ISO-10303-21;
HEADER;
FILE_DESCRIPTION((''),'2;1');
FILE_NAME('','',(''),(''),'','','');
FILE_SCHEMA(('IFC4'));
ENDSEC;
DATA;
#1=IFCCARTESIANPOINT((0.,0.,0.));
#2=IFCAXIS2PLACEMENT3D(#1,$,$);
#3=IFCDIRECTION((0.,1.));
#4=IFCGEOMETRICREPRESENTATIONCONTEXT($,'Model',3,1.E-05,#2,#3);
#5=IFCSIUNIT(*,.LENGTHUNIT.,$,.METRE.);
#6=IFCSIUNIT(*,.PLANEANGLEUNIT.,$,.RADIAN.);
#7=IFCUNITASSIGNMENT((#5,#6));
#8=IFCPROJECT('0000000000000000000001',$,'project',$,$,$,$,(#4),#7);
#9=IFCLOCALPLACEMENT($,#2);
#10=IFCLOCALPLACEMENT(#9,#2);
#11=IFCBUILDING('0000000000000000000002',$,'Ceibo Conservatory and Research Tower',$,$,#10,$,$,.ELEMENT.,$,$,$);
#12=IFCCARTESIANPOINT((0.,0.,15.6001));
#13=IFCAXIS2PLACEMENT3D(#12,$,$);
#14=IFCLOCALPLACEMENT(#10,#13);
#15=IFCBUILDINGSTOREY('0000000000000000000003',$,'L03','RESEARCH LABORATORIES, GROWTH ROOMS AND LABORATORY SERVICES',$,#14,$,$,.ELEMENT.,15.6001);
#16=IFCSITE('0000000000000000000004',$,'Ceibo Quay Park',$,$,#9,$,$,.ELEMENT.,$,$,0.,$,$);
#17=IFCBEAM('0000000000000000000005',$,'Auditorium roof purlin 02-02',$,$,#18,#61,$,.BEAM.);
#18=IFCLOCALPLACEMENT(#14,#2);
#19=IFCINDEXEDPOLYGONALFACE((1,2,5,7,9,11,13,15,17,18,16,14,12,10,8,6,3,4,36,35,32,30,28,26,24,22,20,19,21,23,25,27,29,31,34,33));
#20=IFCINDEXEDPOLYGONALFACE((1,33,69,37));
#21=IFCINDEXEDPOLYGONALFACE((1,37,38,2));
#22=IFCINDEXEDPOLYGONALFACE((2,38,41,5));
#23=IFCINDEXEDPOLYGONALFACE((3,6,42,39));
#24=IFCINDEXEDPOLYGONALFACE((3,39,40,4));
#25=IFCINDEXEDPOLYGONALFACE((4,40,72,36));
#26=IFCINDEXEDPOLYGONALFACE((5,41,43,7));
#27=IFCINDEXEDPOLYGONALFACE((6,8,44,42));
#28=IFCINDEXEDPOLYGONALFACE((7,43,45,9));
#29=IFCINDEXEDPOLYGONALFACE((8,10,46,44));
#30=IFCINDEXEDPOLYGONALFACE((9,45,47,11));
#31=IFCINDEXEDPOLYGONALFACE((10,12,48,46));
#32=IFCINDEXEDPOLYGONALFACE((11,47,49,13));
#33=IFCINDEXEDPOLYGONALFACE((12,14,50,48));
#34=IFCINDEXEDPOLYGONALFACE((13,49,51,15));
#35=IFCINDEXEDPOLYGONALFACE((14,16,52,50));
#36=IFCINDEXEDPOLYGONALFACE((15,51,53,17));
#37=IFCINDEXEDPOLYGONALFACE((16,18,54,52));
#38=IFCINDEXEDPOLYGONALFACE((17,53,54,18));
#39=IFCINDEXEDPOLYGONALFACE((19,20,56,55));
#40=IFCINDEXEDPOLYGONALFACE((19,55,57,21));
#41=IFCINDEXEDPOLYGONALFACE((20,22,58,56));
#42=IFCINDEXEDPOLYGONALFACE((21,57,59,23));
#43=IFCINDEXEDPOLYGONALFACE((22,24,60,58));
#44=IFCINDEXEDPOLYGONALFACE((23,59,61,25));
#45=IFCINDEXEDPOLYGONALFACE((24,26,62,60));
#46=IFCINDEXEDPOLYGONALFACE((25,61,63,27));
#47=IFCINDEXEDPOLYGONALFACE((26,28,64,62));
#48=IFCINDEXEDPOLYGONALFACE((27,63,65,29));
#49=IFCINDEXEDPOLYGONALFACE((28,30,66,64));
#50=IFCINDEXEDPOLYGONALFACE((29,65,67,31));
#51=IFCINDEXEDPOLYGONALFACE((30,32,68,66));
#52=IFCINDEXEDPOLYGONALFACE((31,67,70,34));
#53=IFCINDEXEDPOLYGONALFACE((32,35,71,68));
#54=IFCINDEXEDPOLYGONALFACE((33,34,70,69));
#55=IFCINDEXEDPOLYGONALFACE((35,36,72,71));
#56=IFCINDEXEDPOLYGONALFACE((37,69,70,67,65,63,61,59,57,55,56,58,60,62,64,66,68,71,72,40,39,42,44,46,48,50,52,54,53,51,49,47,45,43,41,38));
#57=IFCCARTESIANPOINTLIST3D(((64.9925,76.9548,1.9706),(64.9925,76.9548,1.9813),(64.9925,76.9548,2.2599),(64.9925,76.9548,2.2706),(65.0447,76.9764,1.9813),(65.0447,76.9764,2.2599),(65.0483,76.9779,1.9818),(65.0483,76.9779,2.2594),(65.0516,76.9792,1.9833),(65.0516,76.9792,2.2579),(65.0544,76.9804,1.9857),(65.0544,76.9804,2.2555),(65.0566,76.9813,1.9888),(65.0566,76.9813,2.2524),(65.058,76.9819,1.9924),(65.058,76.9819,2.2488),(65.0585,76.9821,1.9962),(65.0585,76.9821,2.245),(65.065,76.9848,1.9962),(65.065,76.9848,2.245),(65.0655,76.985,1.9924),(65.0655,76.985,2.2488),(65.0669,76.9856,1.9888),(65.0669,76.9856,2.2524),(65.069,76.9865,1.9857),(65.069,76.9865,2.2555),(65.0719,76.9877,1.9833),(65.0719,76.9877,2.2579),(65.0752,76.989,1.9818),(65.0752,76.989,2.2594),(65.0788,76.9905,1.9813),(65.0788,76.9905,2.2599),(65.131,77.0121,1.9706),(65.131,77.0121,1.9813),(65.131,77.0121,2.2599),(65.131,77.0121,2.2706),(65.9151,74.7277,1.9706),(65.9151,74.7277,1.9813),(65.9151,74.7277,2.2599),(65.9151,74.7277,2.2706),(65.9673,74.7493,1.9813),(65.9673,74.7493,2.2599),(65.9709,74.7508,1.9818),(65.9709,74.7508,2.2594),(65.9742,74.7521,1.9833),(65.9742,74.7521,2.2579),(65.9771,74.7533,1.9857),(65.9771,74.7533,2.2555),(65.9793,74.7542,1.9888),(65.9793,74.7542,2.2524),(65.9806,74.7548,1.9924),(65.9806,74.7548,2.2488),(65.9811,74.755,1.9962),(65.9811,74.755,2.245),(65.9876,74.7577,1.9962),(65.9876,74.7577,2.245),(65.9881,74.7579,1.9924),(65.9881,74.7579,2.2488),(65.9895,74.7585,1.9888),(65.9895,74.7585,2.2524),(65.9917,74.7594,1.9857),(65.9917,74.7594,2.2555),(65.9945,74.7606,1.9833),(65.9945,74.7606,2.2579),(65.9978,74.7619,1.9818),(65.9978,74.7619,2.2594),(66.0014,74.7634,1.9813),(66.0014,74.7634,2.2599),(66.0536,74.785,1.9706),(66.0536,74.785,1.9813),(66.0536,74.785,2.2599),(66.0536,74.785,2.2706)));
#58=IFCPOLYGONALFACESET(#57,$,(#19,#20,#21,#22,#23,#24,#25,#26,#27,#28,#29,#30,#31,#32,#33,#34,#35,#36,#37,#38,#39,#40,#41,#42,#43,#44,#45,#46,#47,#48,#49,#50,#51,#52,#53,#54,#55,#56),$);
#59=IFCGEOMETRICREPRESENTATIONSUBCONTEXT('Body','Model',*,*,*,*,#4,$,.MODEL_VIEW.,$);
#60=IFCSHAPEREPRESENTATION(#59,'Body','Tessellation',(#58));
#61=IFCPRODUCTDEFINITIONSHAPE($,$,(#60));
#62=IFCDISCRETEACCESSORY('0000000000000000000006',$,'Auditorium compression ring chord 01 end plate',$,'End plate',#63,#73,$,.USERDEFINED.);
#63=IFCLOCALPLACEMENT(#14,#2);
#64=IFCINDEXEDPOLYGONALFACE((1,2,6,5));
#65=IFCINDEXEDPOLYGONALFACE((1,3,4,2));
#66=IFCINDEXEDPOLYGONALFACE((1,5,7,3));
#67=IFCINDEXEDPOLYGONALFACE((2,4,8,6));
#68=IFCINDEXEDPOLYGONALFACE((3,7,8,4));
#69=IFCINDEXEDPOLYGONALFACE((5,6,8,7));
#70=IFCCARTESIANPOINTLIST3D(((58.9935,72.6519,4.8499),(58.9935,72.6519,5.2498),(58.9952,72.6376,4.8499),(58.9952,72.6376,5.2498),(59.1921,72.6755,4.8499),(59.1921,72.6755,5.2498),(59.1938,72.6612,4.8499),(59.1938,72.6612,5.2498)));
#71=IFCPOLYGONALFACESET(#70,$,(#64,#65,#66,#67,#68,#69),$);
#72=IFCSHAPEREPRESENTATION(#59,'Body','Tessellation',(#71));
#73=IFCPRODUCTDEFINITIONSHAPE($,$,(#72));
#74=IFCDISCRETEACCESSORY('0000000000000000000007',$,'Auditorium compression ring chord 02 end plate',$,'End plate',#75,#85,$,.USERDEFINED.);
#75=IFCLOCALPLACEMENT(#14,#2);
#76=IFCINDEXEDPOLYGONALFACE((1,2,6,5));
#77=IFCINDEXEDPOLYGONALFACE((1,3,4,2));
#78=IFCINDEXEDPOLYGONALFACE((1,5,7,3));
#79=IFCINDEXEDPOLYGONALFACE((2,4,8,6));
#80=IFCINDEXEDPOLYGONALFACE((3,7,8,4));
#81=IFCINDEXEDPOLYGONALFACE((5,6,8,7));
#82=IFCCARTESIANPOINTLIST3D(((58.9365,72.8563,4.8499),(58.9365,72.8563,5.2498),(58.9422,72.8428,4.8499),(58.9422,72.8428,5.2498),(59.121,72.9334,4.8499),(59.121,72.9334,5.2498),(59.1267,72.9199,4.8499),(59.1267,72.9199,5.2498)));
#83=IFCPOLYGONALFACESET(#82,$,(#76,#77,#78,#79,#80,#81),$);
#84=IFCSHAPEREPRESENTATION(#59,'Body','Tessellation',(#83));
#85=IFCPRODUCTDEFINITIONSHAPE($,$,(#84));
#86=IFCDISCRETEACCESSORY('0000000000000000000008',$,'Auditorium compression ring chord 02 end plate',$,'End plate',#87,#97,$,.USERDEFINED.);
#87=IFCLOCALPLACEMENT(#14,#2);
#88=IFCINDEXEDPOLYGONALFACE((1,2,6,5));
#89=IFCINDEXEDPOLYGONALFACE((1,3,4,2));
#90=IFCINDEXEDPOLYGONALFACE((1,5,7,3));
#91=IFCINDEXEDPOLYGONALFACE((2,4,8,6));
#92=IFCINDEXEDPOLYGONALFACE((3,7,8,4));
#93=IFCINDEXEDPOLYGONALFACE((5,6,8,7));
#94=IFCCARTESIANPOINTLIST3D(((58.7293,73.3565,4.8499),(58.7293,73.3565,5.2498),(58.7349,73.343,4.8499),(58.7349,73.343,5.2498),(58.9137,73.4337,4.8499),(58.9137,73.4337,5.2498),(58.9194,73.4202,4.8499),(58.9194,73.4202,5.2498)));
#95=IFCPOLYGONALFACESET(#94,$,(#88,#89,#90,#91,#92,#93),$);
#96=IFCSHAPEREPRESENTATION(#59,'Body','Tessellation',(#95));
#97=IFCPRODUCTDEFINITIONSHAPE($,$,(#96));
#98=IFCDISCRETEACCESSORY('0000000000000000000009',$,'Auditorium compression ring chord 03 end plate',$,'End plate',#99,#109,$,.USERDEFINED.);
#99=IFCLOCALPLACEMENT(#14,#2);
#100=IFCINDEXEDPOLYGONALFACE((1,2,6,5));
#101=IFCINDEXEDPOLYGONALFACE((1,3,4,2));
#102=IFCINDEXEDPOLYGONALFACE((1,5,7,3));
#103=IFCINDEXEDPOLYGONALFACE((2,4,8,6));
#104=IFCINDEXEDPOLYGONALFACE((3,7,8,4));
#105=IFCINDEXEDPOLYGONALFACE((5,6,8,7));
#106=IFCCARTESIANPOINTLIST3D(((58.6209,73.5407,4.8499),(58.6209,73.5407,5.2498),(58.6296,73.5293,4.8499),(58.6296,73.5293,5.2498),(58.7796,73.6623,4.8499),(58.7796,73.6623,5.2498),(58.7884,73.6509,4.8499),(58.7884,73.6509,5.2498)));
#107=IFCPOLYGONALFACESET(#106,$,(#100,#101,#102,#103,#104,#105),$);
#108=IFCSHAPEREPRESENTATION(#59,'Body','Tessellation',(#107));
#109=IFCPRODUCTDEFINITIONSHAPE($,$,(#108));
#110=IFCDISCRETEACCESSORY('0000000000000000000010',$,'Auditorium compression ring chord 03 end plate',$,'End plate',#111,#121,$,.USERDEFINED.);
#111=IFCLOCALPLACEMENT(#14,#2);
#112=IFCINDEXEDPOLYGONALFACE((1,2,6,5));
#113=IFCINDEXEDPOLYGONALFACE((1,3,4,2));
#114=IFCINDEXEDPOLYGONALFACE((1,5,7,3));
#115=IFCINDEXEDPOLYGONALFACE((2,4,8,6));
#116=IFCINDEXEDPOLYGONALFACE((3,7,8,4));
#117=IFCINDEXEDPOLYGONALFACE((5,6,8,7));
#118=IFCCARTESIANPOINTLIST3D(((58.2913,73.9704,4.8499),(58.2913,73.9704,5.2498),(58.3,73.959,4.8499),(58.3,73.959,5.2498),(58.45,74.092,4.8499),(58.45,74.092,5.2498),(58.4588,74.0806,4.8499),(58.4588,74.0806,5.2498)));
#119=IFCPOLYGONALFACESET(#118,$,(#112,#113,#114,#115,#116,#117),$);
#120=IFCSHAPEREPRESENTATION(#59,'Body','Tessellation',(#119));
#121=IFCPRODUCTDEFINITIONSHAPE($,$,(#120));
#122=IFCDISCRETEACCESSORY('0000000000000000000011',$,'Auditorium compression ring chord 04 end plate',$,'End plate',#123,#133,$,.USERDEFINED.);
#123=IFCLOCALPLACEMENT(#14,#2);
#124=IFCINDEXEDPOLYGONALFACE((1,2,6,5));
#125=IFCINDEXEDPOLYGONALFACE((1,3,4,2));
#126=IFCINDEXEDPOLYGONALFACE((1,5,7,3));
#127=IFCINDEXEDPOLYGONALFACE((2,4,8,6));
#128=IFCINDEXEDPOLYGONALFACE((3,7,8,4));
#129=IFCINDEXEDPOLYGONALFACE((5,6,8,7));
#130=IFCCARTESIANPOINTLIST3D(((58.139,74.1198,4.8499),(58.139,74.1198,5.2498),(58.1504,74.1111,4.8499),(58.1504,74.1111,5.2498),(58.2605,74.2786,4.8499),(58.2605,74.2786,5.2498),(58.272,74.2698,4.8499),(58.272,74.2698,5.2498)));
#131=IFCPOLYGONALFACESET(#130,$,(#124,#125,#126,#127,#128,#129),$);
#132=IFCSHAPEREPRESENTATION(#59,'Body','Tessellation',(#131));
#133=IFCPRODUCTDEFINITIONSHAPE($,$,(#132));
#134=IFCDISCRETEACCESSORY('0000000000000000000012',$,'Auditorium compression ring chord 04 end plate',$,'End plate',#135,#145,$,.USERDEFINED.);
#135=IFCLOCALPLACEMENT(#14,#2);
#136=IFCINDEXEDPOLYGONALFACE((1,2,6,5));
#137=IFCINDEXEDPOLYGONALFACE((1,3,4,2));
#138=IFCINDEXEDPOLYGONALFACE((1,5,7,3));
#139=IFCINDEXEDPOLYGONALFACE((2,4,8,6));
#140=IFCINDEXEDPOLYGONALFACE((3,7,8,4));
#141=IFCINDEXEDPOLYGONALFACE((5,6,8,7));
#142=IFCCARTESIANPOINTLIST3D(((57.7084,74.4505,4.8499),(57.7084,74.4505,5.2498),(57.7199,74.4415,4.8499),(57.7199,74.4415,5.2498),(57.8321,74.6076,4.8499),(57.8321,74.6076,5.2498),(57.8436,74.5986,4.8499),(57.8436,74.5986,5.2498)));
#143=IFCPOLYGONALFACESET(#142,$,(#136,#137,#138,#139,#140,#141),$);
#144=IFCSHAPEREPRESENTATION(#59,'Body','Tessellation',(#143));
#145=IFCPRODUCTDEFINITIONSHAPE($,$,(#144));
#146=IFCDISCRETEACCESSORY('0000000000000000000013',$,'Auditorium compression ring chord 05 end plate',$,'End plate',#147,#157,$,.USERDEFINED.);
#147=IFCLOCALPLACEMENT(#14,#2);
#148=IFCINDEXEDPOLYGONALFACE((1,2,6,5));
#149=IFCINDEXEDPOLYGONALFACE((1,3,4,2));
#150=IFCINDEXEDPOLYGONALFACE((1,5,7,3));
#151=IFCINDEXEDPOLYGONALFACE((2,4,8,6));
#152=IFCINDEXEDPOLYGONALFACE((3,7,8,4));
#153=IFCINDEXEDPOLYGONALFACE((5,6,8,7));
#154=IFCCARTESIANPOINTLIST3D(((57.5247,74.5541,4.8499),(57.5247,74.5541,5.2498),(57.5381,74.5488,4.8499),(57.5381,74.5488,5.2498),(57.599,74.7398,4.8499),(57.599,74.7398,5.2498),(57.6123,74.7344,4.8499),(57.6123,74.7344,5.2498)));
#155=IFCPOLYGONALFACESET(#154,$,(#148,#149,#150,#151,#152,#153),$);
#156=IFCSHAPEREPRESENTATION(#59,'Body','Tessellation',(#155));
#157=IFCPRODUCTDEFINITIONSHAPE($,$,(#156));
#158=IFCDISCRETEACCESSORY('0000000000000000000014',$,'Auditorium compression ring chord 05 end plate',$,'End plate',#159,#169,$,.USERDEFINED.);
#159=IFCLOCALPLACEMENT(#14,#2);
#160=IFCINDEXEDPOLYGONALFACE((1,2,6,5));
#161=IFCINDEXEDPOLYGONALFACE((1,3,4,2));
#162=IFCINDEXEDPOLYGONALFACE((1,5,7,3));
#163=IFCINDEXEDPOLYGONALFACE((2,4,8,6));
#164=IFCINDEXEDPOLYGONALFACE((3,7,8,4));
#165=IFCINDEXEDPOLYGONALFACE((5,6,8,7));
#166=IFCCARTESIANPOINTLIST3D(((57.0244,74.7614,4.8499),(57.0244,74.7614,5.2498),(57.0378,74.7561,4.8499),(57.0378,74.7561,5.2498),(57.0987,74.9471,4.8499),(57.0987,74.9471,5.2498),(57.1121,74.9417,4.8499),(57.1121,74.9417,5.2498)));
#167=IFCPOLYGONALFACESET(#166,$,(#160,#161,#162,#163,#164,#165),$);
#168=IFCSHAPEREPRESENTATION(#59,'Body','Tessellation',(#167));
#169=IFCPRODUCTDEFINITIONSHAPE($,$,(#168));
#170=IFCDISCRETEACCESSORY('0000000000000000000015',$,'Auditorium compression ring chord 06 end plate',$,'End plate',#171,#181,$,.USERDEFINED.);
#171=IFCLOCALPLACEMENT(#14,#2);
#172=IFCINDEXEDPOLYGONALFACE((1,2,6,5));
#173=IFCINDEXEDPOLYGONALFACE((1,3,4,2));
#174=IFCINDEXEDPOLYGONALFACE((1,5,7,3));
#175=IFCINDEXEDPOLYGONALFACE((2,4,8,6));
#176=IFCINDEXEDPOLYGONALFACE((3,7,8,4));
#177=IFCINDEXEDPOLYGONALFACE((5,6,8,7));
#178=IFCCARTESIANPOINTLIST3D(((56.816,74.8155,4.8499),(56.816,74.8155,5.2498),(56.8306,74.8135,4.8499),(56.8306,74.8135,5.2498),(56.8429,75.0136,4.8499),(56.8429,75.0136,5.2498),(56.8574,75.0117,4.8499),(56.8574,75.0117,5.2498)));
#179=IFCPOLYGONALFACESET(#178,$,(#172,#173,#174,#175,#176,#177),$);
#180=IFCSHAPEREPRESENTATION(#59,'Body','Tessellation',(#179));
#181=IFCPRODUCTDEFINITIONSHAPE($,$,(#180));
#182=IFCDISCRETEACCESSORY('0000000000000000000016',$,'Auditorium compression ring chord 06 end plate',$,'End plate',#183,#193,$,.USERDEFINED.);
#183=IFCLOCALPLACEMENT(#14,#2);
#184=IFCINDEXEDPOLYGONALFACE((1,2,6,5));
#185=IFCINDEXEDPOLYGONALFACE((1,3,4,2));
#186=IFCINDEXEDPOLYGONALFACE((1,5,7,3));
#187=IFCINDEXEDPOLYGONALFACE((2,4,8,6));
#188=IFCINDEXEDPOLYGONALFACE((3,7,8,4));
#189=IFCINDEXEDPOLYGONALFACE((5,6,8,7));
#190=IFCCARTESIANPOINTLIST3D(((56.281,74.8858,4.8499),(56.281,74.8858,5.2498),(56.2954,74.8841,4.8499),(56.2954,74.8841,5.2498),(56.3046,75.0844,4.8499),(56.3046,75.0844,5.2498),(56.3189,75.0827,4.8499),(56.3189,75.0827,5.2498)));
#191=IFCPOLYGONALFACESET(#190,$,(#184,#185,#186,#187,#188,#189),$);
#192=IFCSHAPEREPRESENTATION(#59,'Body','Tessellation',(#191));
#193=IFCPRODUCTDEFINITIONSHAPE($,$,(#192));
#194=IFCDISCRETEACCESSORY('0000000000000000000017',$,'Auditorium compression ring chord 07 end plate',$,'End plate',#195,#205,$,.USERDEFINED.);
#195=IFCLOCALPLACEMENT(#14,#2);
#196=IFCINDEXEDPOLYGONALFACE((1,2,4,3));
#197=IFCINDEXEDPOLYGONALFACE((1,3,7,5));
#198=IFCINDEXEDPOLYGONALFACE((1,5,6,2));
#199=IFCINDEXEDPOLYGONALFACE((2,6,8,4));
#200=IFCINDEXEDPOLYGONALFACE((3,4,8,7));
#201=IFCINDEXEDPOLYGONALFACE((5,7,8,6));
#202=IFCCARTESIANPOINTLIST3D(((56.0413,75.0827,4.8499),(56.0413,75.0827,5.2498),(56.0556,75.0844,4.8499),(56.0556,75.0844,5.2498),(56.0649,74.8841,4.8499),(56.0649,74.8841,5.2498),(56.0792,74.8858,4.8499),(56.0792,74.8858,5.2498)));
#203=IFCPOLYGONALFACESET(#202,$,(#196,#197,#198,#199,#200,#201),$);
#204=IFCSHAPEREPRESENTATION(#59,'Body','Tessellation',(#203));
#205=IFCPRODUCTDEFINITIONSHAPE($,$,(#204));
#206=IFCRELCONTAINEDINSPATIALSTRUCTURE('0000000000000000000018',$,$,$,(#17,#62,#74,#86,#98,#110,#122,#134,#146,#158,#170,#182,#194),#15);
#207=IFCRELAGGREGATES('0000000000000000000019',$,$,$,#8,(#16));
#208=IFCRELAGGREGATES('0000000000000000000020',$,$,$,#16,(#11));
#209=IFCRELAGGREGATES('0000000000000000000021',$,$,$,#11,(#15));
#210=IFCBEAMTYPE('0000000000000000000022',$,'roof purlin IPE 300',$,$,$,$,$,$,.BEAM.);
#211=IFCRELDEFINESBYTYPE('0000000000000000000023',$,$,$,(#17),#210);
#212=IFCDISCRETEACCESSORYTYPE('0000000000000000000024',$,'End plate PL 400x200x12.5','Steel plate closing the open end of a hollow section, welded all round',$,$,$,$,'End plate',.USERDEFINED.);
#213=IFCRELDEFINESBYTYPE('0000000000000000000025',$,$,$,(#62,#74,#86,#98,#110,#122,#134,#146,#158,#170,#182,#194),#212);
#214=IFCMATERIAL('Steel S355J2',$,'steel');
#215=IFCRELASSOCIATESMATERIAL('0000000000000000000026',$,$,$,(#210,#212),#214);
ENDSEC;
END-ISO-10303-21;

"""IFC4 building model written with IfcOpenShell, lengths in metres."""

from ifc_helpers import new_model, si_unit, direction, frame, origin, origin_2d, place, context, subcontext, project, spatial, rectangle, i_section, extrude, material, material_profile, profile_set, type_object, element, save


model = new_model("IFC4")

# Units and contexts
model_context = context("Model", 3, precision=1e-05, world=origin(), true_north=direction((0.0, 1.0)))
body_context = subcontext(model_context, "Body", "Model", "MODEL_VIEW")
ifc_project = project(units=[si_unit("LENGTHUNIT", "METRE"), si_unit("PLANEANGLEUNIT", "RADIAN")], contexts=[model_context])

# Site, building, storey
site_placement = place(None, origin())
site = spatial("IfcSite", under=ifc_project, at=site_placement, Name="Ceibo Quay Park", CompositionType="ELEMENT", RefElevation=0.0)
building_placement = place(site_placement, origin())
building = spatial("IfcBuilding", under=site, at=building_placement, Name="Ceibo Conservatory and Research Tower", CompositionType="ELEMENT")
storey_placement = place(building_placement, frame((0.0, 0.0, 15.6001)))
storey = spatial("IfcBuildingStorey", under=building, at=storey_placement, Name="L03", Description="RESEARCH LABORATORIES, GROWTH ROOMS AND LABORATORY SERVICES", CompositionType="ELEMENT", Elevation=15.6001)

# Beam
ifc_material_1 = material(Name="Steel S355J2", Category="steel")
ifc_material_profile_1 = material_profile(ifc_material_1, i_section(OverallWidth=0.1499, OverallDepth=0.3, WebThickness=0.0071, FlangeThickness=0.0107, FilletRadius=0.0149, at=origin_2d()), Name="IPE 300")
ifc_profile_set_1 = profile_set([ifc_material_profile_1], Name="Steel S355J2")
beam_type_1 = type_object("IfcBeamType", Name="roof purlin IPE 300", PredefinedType="BEAM", material=ifc_profile_set_1)
beam_1_placement = place(storey_placement, frame((65.9844, 74.7563, 2.1206), z_axis=(-0.38273, 0.92386, 0.0), x_axis=(-0.92386, -0.38273, 0.0)))
element("IfcBeam", 1, at=beam_1_placement, inside=storey, type_object=beam_type_1, Name="Auditorium roof purlin 02-02", PredefinedType="BEAM", context=body_context, shape_type="SweptSolid", body=[
    extrude(i_section(OverallWidth=0.1499, OverallDepth=0.3, WebThickness=0.0071, FlangeThickness=0.0107, FilletRadius=0.0149, at=origin_2d()), origin(), (0.0, 0.0, 1.0), 2.4106),
])

# Discrete accessories
ifc_material_profile_2 = material_profile(ifc_material_1, rectangle(XDim=0.2, YDim=0.3999, at=origin_2d()), Name="End plate PL 400x200x12.5")
ifc_profile_set_2 = profile_set([ifc_material_profile_2], Name="Steel S355J2")
discrete_accessory_type = type_object("IfcDiscreteAccessoryType", Name="End plate PL 400x200x12.5", Description="Steel plate closing the open end of a hollow section, welded all round", ElementType="End plate", PredefinedType="USERDEFINED", material=ifc_profile_set_2)
discrete_accessory_1_placement = place(storey_placement, frame((59.0945, 72.6494, 5.0498), z_axis=(-0.117818, 0.993035, 0.0), x_axis=(-0.993035, -0.117818, 0.0)))
element("IfcDiscreteAccessory", 2, at=discrete_accessory_1_placement, inside=storey, type_object=discrete_accessory_type, Name="Auditorium compression ring chord 01 end plate", ObjectType="End plate", PredefinedType="USERDEFINED", context=body_context, shape_type="SweptSolid", body=[
    extrude(rectangle(XDim=0.2, YDim=0.3999, at=origin_2d()), origin(), (0.0, 0.0, 1.0), 0.0144),
])
for number, where, z_axis, x_axis, name in (
    (3, (59.0344, 72.8813, 5.0498), (-0.385806, 0.92258, 0.0), (-0.92258, -0.385806, 0.0), "Auditorium compression ring chord 02 end plate"),
    (4, (58.8271, 73.3816, 5.0498), (-0.385806, 0.92258, 0.0), (-0.92258, -0.385806, 0.0), "Auditorium compression ring chord 02 end plate"),
):
    element("IfcDiscreteAccessory", number, at=place(storey_placement, frame(where, z_axis=z_axis, x_axis=x_axis)), inside=storey, type_object=discrete_accessory_type, Name=name, ObjectType="End plate", PredefinedType="USERDEFINED", context=body_context, shape_type="SweptSolid", body=[
        extrude(rectangle(XDim=0.2, YDim=0.3999, at=origin_2d()), origin(), (0.0, 0.0, 1.0), 0.0146),
    ])
for number, where, z_axis, x_axis, name in (
    (5, (58.709, 73.5901, 5.0498), (-0.608077, 0.793878, 0.0), (-0.793878, -0.608077, 0.0), "Auditorium compression ring chord 03 end plate"),
    (6, (58.3794, 74.0198, 5.0498), (-0.608077, 0.793878, 0.0), (-0.793878, -0.608077, 0.0), "Auditorium compression ring chord 03 end plate"),
    (7, (58.2112, 74.1904, 5.0498), (-0.793878, 0.608077, 0.0), (-0.608077, -0.793878, 0.0), "Auditorium compression ring chord 04 end plate"),
):
    element("IfcDiscreteAccessory", number, at=place(storey_placement, frame(where, z_axis=z_axis, x_axis=x_axis)), inside=storey, type_object=discrete_accessory_type, Name=name, ObjectType="End plate", PredefinedType="USERDEFINED", context=body_context, shape_type="SweptSolid", body=[
        extrude(rectangle(XDim=0.2, YDim=0.3999, at=origin_2d()), origin(), (0.0, 0.0, 1.0), 0.0144),
    ])
discrete_accessory_2_placement = place(storey_placement, frame((57.7817, 74.52, 5.0498), z_axis=(-0.785738, 0.61856, 0.0), x_axis=(-0.61856, -0.785738, 0.0)))
element("IfcDiscreteAccessory", 8, at=discrete_accessory_2_placement, inside=storey, type_object=discrete_accessory_type, Name="Auditorium compression ring chord 04 end plate", ObjectType="End plate", PredefinedType="USERDEFINED", context=body_context, shape_type="SweptSolid", body=[
    extrude(rectangle(XDim=0.2, YDim=0.3999, at=origin_2d()), origin(), (0.0, 0.0, 1.0), 0.0146),
])
for number, where, z_axis, x_axis, name in (
    (9, (57.5752, 74.6416, 5.0498), (-0.928477, 0.371391, 0.0), (-0.371391, -0.928477, 0.0), "Auditorium compression ring chord 05 end plate"),
    (10, (57.075, 74.8489, 5.0498), (-0.928477, 0.371391, 0.0), (-0.371391, -0.928477, 0.0), "Auditorium compression ring chord 05 end plate"),
):
    element("IfcDiscreteAccessory", number, at=place(storey_placement, frame(where, z_axis=z_axis, x_axis=x_axis)), inside=storey, type_object=discrete_accessory_type, Name=name, ObjectType="End plate", PredefinedType="USERDEFINED", context=body_context, shape_type="SweptSolid", body=[
        extrude(rectangle(XDim=0.2, YDim=0.3999, at=origin_2d()), origin(), (0.0, 0.0, 1.0), 0.0144),
    ])
discrete_accessory_3_placement = place(storey_placement, frame((56.844, 74.9126, 5.0498), z_axis=(-0.990932, 0.134364, 0.0), x_axis=(-0.134364, -0.990932, 0.0)))
element("IfcDiscreteAccessory", 11, at=discrete_accessory_3_placement, inside=storey, type_object=discrete_accessory_type, Name="Auditorium compression ring chord 06 end plate", ObjectType="End plate", PredefinedType="USERDEFINED", context=body_context, shape_type="SweptSolid", body=[
    extrude(rectangle(XDim=0.2, YDim=0.3999, at=origin_2d()), origin(), (0.0, 0.0, 1.0), 0.0146),
])
for number, where, z_axis, x_axis, name in (
    (12, (56.3071, 74.9834, 5.0498), (-0.993035, 0.117818, 0.0), (-0.117818, -0.993035, 0.0), "Auditorium compression ring chord 06 end plate"),
    (13, (56.0674, 74.9851, 5.0498), (-0.993035, -0.117818, 0.0), (0.117818, -0.993035, 0.0), "Auditorium compression ring chord 07 end plate"),
):
    element("IfcDiscreteAccessory", number, at=place(storey_placement, frame(where, z_axis=z_axis, x_axis=x_axis)), inside=storey, type_object=discrete_accessory_type, Name=name, ObjectType="End plate", PredefinedType="USERDEFINED", context=body_context, shape_type="SweptSolid", body=[
        extrude(rectangle(XDim=0.2, YDim=0.3999, at=origin_2d()), origin(), (0.0, 0.0, 1.0), 0.0144),
    ])

save(model, "model.ifc")
